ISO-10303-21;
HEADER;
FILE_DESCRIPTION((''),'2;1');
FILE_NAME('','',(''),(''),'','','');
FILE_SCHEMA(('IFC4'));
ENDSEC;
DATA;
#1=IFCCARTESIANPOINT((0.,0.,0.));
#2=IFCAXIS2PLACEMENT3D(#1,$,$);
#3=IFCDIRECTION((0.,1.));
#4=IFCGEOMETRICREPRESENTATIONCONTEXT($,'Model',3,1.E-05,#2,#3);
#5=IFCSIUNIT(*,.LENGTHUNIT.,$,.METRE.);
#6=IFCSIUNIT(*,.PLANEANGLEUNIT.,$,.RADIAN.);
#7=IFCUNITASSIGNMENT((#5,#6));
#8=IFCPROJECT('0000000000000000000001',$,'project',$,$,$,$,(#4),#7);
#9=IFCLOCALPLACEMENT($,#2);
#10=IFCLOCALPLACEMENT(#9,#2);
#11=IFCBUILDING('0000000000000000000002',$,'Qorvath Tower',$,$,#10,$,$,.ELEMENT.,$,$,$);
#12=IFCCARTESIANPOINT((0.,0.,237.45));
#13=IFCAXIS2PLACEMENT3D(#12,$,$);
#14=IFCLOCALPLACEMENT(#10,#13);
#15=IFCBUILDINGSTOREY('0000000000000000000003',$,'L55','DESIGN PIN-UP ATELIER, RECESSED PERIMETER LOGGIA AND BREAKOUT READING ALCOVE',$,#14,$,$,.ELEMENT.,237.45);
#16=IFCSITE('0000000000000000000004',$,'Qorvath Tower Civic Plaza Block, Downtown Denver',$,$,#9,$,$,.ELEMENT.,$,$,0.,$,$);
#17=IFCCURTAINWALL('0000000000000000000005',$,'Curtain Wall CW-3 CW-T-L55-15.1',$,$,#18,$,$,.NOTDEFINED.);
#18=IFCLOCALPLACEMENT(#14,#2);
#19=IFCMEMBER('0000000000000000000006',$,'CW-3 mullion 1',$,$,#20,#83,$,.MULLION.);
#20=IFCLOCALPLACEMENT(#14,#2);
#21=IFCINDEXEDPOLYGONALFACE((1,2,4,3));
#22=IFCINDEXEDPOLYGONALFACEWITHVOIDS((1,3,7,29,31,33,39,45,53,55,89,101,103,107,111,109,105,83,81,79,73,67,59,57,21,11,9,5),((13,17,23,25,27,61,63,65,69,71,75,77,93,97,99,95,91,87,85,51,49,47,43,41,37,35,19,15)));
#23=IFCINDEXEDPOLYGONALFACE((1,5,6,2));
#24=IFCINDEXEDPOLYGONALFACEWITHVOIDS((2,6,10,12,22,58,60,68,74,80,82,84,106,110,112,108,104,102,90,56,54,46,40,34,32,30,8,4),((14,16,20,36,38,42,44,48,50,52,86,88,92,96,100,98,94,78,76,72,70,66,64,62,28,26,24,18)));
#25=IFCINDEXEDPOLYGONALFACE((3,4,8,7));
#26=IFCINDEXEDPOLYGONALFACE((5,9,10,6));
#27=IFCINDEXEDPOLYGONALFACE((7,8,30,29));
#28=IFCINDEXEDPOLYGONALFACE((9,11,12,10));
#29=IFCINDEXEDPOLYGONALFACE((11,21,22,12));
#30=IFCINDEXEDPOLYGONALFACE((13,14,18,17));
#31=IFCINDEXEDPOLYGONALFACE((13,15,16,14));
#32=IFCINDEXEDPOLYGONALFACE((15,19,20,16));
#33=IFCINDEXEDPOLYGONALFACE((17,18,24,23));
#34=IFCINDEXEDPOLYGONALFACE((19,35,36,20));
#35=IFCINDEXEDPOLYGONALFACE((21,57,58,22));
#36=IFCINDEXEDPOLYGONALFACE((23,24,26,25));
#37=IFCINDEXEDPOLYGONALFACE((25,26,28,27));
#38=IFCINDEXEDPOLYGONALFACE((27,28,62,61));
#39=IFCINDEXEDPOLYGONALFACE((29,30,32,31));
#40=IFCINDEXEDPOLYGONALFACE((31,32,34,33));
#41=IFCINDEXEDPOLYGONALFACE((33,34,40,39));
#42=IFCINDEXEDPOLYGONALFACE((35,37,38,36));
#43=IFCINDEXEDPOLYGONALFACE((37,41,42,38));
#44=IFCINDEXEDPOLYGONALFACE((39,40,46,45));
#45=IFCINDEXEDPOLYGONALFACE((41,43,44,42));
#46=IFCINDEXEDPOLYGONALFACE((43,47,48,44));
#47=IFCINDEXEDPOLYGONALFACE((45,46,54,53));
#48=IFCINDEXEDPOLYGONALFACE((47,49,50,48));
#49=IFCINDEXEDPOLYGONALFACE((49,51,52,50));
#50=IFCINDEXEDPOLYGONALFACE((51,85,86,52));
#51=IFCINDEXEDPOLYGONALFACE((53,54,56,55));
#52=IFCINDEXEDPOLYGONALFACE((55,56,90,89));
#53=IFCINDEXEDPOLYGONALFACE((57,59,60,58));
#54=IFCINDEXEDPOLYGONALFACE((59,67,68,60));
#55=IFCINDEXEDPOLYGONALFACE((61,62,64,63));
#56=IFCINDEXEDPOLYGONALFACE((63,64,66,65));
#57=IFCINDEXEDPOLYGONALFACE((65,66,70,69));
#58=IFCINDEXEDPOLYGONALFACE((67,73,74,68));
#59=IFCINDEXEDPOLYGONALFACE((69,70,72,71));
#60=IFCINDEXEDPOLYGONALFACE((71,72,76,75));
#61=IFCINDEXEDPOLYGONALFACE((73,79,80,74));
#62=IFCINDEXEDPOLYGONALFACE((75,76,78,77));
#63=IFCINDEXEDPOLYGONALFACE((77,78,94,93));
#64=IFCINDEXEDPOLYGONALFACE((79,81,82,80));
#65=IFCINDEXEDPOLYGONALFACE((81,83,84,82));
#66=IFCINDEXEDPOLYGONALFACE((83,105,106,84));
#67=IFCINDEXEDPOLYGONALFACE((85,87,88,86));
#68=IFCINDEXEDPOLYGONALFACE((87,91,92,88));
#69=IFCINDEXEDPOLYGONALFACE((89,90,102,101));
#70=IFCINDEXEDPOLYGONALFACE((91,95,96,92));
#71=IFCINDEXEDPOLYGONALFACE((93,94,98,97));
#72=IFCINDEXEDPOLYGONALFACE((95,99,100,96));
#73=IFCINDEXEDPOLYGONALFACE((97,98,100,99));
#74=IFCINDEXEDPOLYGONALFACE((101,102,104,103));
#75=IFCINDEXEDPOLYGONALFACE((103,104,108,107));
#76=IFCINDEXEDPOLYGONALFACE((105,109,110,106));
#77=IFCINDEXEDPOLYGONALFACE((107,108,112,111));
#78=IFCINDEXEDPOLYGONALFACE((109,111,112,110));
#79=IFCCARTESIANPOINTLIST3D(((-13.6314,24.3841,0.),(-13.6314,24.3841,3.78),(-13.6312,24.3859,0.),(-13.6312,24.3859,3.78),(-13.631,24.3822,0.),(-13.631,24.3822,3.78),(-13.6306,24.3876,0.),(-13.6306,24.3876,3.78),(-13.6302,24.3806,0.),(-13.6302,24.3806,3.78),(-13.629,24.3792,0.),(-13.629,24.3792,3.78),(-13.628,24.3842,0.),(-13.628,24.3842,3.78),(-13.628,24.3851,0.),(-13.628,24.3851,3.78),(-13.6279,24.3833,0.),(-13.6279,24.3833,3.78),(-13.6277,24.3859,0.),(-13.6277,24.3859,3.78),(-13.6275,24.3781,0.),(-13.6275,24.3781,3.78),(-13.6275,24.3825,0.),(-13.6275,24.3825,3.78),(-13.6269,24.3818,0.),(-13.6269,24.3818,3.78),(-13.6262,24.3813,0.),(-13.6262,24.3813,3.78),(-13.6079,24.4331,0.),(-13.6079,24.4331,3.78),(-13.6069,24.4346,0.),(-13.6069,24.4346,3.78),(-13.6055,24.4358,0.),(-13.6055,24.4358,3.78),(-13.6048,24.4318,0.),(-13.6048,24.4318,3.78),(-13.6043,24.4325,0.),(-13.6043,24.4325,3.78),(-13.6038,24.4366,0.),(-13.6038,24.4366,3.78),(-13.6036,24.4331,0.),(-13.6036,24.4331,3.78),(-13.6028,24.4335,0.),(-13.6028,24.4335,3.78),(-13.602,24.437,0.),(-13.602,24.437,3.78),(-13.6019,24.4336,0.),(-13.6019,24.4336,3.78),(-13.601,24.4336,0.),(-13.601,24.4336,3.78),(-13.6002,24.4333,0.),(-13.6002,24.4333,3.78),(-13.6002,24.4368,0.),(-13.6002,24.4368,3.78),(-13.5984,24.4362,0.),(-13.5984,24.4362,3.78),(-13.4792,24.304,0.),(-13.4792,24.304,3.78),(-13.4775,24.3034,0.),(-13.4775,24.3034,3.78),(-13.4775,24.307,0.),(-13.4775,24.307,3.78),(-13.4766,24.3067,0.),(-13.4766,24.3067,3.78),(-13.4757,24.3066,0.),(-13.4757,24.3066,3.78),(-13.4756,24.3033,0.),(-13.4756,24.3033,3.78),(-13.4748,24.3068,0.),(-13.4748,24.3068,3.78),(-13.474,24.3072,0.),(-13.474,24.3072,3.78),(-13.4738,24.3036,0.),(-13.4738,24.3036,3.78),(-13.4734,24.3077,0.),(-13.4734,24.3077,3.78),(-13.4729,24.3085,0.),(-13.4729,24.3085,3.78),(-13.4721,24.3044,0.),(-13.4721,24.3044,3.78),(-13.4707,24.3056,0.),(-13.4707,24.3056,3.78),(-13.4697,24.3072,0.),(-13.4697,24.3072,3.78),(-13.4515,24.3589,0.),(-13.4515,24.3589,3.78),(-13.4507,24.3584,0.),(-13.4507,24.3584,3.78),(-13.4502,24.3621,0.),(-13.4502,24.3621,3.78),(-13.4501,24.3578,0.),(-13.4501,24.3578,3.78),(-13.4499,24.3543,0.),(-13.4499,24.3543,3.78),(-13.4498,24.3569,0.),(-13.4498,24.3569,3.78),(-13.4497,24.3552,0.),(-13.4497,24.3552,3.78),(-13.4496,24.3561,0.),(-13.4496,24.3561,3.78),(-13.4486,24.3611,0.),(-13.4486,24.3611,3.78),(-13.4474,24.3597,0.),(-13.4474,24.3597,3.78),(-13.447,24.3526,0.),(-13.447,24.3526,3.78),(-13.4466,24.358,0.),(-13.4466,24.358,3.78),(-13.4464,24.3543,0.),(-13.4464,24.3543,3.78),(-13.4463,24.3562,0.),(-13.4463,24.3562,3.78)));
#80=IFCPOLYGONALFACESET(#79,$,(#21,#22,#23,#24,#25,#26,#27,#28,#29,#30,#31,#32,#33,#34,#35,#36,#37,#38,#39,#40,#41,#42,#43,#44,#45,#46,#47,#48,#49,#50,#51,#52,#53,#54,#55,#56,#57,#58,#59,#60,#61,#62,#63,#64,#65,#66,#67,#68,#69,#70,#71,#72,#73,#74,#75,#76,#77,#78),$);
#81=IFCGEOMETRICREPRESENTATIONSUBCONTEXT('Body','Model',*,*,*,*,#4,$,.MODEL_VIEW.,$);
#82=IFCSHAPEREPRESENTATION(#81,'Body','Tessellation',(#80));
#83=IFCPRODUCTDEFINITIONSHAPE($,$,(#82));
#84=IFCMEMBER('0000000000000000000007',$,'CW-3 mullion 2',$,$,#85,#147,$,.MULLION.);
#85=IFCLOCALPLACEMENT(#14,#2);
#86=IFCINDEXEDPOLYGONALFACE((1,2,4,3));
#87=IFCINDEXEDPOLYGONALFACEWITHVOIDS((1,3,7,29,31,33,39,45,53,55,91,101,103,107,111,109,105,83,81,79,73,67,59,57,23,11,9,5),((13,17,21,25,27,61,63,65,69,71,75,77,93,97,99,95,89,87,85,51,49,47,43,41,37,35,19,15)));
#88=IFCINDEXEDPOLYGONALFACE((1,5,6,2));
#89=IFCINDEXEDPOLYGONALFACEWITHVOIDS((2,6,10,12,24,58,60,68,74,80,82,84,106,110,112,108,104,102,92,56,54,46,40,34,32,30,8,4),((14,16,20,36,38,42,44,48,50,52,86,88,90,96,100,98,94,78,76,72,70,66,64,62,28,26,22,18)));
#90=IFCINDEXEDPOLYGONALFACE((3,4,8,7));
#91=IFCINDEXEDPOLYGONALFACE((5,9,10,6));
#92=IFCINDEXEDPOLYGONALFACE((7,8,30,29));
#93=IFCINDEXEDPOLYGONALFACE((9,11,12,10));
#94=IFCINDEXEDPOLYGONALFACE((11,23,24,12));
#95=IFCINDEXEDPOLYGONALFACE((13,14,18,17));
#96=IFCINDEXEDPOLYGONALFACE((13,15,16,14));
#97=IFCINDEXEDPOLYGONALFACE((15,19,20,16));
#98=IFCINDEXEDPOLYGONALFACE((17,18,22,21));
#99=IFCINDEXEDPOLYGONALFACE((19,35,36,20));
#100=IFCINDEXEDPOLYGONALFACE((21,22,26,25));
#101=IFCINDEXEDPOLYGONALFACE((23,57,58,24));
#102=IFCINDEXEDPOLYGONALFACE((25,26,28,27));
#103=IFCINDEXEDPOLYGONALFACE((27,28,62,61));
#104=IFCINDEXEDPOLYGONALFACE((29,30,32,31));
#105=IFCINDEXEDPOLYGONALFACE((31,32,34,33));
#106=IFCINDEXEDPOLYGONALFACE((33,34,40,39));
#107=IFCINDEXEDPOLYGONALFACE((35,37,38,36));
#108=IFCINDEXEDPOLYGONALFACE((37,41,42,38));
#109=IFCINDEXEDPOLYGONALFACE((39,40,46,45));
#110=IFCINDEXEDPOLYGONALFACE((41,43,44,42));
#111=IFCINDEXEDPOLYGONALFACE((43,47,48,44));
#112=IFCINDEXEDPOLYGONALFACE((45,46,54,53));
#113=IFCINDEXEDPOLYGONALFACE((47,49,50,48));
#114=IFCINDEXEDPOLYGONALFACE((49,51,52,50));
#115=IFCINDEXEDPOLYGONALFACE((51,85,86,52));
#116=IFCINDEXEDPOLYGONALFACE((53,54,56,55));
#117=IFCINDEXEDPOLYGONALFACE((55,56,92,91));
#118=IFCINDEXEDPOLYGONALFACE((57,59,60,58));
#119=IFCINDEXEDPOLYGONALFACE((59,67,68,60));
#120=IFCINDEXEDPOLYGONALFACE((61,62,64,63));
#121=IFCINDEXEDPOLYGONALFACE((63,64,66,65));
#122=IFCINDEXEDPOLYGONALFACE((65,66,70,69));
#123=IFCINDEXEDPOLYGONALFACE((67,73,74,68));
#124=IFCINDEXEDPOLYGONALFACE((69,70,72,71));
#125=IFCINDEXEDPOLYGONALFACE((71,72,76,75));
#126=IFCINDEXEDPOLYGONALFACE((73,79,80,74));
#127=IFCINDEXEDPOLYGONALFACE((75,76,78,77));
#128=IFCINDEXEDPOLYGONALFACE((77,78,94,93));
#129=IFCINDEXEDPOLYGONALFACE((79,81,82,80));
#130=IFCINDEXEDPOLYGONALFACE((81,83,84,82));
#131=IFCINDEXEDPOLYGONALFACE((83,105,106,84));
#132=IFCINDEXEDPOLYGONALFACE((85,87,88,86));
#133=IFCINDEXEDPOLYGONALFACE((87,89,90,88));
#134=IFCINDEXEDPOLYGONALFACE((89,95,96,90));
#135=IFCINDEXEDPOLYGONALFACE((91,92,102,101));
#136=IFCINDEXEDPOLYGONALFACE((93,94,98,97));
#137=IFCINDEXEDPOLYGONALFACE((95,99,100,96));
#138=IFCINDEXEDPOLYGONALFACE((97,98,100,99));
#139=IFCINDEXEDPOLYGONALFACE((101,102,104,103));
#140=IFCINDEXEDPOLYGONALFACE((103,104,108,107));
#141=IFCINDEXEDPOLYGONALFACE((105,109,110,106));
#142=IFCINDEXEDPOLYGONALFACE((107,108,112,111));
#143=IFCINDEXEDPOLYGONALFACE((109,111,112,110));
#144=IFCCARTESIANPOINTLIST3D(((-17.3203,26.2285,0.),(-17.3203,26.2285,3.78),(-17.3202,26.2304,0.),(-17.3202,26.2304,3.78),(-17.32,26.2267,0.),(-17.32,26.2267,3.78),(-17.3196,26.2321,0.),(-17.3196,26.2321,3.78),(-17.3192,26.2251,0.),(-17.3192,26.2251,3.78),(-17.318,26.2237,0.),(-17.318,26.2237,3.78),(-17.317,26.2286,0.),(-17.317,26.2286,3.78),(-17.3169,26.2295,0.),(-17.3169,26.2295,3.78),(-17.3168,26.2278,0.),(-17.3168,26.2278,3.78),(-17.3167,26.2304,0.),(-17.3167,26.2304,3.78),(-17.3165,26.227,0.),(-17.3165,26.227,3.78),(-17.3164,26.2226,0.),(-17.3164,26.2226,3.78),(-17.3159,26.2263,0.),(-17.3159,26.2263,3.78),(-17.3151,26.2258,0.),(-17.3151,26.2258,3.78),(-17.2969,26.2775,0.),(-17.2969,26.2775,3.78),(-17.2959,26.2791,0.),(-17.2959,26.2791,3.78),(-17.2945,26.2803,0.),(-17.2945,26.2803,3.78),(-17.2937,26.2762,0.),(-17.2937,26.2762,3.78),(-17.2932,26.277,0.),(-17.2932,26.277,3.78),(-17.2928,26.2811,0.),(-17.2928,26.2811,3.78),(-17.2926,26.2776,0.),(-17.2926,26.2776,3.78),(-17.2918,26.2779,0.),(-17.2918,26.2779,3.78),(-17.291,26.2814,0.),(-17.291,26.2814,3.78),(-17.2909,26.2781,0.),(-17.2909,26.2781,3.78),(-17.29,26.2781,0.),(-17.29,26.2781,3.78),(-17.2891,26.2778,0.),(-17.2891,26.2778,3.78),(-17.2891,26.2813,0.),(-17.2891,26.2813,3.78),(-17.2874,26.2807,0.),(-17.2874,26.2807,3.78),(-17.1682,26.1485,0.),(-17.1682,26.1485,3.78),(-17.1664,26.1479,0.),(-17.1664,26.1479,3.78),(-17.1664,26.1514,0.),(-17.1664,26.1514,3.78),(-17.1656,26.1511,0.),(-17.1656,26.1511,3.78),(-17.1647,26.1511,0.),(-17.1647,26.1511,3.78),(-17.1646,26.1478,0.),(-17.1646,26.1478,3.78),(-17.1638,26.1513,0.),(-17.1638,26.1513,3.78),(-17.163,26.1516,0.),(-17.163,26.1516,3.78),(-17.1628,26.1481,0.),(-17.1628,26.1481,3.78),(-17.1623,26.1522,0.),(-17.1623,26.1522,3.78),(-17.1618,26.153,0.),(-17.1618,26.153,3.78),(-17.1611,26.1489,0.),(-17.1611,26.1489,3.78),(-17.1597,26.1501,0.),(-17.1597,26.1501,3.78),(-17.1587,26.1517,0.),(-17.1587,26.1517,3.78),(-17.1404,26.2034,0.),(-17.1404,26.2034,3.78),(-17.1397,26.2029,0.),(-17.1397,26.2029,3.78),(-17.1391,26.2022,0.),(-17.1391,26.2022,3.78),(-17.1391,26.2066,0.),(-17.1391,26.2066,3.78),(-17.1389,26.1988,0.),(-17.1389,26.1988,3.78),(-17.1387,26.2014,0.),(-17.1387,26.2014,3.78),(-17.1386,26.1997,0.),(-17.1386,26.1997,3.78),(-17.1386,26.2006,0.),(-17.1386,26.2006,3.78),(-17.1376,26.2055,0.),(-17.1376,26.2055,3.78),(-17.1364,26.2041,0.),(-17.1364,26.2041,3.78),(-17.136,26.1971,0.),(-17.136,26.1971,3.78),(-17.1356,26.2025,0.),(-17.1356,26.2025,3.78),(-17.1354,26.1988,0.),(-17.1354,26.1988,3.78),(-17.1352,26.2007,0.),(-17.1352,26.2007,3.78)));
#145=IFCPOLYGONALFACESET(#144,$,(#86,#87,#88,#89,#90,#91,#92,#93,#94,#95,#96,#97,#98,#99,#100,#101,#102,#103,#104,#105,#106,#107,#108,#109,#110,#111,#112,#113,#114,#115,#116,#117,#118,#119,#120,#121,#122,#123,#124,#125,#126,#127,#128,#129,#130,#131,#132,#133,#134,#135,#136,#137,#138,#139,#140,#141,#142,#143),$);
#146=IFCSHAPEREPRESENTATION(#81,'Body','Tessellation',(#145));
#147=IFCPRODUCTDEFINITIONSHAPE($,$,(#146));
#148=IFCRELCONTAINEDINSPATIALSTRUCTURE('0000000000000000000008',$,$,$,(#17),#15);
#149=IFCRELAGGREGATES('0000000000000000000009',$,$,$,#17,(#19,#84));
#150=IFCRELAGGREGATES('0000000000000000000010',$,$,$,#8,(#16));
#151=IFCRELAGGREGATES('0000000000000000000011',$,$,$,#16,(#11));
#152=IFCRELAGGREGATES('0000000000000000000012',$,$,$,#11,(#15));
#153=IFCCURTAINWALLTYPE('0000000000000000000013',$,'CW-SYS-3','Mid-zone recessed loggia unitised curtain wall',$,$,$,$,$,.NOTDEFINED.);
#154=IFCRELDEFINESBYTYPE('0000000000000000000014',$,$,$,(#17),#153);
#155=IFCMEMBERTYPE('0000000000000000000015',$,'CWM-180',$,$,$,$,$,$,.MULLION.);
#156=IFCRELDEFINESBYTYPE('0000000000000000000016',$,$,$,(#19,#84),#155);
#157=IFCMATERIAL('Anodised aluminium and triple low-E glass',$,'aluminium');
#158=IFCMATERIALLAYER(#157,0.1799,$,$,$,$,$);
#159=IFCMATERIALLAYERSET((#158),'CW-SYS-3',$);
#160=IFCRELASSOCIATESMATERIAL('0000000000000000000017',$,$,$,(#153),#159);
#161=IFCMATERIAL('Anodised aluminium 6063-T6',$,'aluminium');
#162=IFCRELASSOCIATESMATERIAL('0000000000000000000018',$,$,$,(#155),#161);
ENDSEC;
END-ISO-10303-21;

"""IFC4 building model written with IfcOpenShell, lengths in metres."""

from ifc_helpers import new_model, si_unit, direction, frame, origin, origin_2d, place, context, subcontext, project, spatial, hollow_rectangle, extrude, material, layer, layer_set, material_profile, profile_set, type_object, element, aggregate, save


model = new_model("IFC4")

# Units and contexts
model_context = context("Model", 3, precision=1e-05, world=origin(), true_north=direction((0.0, 1.0)))
body_context = subcontext(model_context, "Body", "Model", "MODEL_VIEW")
ifc_project = project(units=[si_unit("LENGTHUNIT", "METRE"), si_unit("PLANEANGLEUNIT", "RADIAN")], contexts=[model_context])

# Site, building, storey
site_placement = place(None, origin())
site = spatial("IfcSite", under=ifc_project, at=site_placement, Name="Qorvath Tower Civic Plaza Block, Downtown Denver", CompositionType="ELEMENT", RefElevation=0.0)
building_placement = place(site_placement, origin())
building = spatial("IfcBuilding", under=site, at=building_placement, Name="Qorvath Tower", CompositionType="ELEMENT")
storey_placement = place(building_placement, frame((0.0, 0.0, 237.45)))
storey = spatial("IfcBuildingStorey", under=building, at=storey_placement, Name="L55", Description="DESIGN PIN-UP ATELIER, RECESSED PERIMETER LOGGIA AND BREAKOUT READING ALCOVE", CompositionType="ELEMENT", Elevation=237.45)

# Shared definitions
ifc_material_1 = material(Name="Anodised aluminium and triple low-E glass", Category="aluminium")
ifc_layer_1 = layer(ifc_material_1, 0.1799)
ifc_layer_set_1 = layer_set([ifc_layer_1], Name="CW-SYS-3")
curtain_wall_type = type_object("IfcCurtainWallType", Name="CW-SYS-3", Description="Mid-zone recessed loggia unitised curtain wall", PredefinedType="NOTDEFINED", material=ifc_layer_set_1)
ifc_material_2 = material(Name="Anodised aluminium 6063-T6", Category="aluminium")
ifc_material_profile_1 = material_profile(ifc_material_2, hollow_rectangle(XDim=0.0649, YDim=0.1799, WallThickness=0.0034, InnerFilletRadius=0.0034, OuterFilletRadius=0.0071, at=origin_2d()), Name="CWM 180x65")
ifc_profile_set_1 = profile_set([ifc_material_profile_1], Name="Anodised aluminium 6063-T6")
member_type_1 = type_object("IfcMemberType", Name="CWM-180", PredefinedType="MULLION", material=ifc_profile_set_1)

# Curtain wall, members
curtain_wall_1_placement = place(storey_placement, origin())
curtain_wall_1 = element("IfcCurtainWall", 1, at=curtain_wall_1_placement, inside=storey, type_object=curtain_wall_type, Name="Curtain Wall CW-3 CW-T-L55-15.1", PredefinedType="NOTDEFINED")
member_1_placement = place(storey_placement, frame((-13.5388, 24.3701, 0.0), z_axis=(0.0, 0.0, 1.0), x_axis=(-0.447214, -0.894427, 0.0)))
member_1 = element("IfcMember", 2, at=member_1_placement, type_object=member_type_1, Name="CW-3 mullion 1", PredefinedType="MULLION", context=body_context, shape_type="SweptSolid", body=[
    extrude(hollow_rectangle(XDim=0.0649, YDim=0.1799, WallThickness=0.0034, InnerFilletRadius=0.0034, OuterFilletRadius=0.0071, at=origin_2d()), origin(), (0.0, 0.0, 1.0), 3.78),
])
member_2_placement = place(storey_placement, frame((-17.2278, 26.2146, 0.0), z_axis=(0.0, 0.0, 1.0), x_axis=(-0.447214, -0.894427, 0.0)))
member_2 = element("IfcMember", 3, at=member_2_placement, type_object=member_type_1, Name="CW-3 mullion 2", PredefinedType="MULLION", context=body_context, shape_type="SweptSolid", body=[
    extrude(hollow_rectangle(XDim=0.0649, YDim=0.1799, WallThickness=0.0034, InnerFilletRadius=0.0034, OuterFilletRadius=0.0071, at=origin_2d()), origin(), (0.0, 0.0, 1.0), 3.78),
])

aggregate(curtain_wall_1, [member_1, member_2])

save(model, "model.ifc")
